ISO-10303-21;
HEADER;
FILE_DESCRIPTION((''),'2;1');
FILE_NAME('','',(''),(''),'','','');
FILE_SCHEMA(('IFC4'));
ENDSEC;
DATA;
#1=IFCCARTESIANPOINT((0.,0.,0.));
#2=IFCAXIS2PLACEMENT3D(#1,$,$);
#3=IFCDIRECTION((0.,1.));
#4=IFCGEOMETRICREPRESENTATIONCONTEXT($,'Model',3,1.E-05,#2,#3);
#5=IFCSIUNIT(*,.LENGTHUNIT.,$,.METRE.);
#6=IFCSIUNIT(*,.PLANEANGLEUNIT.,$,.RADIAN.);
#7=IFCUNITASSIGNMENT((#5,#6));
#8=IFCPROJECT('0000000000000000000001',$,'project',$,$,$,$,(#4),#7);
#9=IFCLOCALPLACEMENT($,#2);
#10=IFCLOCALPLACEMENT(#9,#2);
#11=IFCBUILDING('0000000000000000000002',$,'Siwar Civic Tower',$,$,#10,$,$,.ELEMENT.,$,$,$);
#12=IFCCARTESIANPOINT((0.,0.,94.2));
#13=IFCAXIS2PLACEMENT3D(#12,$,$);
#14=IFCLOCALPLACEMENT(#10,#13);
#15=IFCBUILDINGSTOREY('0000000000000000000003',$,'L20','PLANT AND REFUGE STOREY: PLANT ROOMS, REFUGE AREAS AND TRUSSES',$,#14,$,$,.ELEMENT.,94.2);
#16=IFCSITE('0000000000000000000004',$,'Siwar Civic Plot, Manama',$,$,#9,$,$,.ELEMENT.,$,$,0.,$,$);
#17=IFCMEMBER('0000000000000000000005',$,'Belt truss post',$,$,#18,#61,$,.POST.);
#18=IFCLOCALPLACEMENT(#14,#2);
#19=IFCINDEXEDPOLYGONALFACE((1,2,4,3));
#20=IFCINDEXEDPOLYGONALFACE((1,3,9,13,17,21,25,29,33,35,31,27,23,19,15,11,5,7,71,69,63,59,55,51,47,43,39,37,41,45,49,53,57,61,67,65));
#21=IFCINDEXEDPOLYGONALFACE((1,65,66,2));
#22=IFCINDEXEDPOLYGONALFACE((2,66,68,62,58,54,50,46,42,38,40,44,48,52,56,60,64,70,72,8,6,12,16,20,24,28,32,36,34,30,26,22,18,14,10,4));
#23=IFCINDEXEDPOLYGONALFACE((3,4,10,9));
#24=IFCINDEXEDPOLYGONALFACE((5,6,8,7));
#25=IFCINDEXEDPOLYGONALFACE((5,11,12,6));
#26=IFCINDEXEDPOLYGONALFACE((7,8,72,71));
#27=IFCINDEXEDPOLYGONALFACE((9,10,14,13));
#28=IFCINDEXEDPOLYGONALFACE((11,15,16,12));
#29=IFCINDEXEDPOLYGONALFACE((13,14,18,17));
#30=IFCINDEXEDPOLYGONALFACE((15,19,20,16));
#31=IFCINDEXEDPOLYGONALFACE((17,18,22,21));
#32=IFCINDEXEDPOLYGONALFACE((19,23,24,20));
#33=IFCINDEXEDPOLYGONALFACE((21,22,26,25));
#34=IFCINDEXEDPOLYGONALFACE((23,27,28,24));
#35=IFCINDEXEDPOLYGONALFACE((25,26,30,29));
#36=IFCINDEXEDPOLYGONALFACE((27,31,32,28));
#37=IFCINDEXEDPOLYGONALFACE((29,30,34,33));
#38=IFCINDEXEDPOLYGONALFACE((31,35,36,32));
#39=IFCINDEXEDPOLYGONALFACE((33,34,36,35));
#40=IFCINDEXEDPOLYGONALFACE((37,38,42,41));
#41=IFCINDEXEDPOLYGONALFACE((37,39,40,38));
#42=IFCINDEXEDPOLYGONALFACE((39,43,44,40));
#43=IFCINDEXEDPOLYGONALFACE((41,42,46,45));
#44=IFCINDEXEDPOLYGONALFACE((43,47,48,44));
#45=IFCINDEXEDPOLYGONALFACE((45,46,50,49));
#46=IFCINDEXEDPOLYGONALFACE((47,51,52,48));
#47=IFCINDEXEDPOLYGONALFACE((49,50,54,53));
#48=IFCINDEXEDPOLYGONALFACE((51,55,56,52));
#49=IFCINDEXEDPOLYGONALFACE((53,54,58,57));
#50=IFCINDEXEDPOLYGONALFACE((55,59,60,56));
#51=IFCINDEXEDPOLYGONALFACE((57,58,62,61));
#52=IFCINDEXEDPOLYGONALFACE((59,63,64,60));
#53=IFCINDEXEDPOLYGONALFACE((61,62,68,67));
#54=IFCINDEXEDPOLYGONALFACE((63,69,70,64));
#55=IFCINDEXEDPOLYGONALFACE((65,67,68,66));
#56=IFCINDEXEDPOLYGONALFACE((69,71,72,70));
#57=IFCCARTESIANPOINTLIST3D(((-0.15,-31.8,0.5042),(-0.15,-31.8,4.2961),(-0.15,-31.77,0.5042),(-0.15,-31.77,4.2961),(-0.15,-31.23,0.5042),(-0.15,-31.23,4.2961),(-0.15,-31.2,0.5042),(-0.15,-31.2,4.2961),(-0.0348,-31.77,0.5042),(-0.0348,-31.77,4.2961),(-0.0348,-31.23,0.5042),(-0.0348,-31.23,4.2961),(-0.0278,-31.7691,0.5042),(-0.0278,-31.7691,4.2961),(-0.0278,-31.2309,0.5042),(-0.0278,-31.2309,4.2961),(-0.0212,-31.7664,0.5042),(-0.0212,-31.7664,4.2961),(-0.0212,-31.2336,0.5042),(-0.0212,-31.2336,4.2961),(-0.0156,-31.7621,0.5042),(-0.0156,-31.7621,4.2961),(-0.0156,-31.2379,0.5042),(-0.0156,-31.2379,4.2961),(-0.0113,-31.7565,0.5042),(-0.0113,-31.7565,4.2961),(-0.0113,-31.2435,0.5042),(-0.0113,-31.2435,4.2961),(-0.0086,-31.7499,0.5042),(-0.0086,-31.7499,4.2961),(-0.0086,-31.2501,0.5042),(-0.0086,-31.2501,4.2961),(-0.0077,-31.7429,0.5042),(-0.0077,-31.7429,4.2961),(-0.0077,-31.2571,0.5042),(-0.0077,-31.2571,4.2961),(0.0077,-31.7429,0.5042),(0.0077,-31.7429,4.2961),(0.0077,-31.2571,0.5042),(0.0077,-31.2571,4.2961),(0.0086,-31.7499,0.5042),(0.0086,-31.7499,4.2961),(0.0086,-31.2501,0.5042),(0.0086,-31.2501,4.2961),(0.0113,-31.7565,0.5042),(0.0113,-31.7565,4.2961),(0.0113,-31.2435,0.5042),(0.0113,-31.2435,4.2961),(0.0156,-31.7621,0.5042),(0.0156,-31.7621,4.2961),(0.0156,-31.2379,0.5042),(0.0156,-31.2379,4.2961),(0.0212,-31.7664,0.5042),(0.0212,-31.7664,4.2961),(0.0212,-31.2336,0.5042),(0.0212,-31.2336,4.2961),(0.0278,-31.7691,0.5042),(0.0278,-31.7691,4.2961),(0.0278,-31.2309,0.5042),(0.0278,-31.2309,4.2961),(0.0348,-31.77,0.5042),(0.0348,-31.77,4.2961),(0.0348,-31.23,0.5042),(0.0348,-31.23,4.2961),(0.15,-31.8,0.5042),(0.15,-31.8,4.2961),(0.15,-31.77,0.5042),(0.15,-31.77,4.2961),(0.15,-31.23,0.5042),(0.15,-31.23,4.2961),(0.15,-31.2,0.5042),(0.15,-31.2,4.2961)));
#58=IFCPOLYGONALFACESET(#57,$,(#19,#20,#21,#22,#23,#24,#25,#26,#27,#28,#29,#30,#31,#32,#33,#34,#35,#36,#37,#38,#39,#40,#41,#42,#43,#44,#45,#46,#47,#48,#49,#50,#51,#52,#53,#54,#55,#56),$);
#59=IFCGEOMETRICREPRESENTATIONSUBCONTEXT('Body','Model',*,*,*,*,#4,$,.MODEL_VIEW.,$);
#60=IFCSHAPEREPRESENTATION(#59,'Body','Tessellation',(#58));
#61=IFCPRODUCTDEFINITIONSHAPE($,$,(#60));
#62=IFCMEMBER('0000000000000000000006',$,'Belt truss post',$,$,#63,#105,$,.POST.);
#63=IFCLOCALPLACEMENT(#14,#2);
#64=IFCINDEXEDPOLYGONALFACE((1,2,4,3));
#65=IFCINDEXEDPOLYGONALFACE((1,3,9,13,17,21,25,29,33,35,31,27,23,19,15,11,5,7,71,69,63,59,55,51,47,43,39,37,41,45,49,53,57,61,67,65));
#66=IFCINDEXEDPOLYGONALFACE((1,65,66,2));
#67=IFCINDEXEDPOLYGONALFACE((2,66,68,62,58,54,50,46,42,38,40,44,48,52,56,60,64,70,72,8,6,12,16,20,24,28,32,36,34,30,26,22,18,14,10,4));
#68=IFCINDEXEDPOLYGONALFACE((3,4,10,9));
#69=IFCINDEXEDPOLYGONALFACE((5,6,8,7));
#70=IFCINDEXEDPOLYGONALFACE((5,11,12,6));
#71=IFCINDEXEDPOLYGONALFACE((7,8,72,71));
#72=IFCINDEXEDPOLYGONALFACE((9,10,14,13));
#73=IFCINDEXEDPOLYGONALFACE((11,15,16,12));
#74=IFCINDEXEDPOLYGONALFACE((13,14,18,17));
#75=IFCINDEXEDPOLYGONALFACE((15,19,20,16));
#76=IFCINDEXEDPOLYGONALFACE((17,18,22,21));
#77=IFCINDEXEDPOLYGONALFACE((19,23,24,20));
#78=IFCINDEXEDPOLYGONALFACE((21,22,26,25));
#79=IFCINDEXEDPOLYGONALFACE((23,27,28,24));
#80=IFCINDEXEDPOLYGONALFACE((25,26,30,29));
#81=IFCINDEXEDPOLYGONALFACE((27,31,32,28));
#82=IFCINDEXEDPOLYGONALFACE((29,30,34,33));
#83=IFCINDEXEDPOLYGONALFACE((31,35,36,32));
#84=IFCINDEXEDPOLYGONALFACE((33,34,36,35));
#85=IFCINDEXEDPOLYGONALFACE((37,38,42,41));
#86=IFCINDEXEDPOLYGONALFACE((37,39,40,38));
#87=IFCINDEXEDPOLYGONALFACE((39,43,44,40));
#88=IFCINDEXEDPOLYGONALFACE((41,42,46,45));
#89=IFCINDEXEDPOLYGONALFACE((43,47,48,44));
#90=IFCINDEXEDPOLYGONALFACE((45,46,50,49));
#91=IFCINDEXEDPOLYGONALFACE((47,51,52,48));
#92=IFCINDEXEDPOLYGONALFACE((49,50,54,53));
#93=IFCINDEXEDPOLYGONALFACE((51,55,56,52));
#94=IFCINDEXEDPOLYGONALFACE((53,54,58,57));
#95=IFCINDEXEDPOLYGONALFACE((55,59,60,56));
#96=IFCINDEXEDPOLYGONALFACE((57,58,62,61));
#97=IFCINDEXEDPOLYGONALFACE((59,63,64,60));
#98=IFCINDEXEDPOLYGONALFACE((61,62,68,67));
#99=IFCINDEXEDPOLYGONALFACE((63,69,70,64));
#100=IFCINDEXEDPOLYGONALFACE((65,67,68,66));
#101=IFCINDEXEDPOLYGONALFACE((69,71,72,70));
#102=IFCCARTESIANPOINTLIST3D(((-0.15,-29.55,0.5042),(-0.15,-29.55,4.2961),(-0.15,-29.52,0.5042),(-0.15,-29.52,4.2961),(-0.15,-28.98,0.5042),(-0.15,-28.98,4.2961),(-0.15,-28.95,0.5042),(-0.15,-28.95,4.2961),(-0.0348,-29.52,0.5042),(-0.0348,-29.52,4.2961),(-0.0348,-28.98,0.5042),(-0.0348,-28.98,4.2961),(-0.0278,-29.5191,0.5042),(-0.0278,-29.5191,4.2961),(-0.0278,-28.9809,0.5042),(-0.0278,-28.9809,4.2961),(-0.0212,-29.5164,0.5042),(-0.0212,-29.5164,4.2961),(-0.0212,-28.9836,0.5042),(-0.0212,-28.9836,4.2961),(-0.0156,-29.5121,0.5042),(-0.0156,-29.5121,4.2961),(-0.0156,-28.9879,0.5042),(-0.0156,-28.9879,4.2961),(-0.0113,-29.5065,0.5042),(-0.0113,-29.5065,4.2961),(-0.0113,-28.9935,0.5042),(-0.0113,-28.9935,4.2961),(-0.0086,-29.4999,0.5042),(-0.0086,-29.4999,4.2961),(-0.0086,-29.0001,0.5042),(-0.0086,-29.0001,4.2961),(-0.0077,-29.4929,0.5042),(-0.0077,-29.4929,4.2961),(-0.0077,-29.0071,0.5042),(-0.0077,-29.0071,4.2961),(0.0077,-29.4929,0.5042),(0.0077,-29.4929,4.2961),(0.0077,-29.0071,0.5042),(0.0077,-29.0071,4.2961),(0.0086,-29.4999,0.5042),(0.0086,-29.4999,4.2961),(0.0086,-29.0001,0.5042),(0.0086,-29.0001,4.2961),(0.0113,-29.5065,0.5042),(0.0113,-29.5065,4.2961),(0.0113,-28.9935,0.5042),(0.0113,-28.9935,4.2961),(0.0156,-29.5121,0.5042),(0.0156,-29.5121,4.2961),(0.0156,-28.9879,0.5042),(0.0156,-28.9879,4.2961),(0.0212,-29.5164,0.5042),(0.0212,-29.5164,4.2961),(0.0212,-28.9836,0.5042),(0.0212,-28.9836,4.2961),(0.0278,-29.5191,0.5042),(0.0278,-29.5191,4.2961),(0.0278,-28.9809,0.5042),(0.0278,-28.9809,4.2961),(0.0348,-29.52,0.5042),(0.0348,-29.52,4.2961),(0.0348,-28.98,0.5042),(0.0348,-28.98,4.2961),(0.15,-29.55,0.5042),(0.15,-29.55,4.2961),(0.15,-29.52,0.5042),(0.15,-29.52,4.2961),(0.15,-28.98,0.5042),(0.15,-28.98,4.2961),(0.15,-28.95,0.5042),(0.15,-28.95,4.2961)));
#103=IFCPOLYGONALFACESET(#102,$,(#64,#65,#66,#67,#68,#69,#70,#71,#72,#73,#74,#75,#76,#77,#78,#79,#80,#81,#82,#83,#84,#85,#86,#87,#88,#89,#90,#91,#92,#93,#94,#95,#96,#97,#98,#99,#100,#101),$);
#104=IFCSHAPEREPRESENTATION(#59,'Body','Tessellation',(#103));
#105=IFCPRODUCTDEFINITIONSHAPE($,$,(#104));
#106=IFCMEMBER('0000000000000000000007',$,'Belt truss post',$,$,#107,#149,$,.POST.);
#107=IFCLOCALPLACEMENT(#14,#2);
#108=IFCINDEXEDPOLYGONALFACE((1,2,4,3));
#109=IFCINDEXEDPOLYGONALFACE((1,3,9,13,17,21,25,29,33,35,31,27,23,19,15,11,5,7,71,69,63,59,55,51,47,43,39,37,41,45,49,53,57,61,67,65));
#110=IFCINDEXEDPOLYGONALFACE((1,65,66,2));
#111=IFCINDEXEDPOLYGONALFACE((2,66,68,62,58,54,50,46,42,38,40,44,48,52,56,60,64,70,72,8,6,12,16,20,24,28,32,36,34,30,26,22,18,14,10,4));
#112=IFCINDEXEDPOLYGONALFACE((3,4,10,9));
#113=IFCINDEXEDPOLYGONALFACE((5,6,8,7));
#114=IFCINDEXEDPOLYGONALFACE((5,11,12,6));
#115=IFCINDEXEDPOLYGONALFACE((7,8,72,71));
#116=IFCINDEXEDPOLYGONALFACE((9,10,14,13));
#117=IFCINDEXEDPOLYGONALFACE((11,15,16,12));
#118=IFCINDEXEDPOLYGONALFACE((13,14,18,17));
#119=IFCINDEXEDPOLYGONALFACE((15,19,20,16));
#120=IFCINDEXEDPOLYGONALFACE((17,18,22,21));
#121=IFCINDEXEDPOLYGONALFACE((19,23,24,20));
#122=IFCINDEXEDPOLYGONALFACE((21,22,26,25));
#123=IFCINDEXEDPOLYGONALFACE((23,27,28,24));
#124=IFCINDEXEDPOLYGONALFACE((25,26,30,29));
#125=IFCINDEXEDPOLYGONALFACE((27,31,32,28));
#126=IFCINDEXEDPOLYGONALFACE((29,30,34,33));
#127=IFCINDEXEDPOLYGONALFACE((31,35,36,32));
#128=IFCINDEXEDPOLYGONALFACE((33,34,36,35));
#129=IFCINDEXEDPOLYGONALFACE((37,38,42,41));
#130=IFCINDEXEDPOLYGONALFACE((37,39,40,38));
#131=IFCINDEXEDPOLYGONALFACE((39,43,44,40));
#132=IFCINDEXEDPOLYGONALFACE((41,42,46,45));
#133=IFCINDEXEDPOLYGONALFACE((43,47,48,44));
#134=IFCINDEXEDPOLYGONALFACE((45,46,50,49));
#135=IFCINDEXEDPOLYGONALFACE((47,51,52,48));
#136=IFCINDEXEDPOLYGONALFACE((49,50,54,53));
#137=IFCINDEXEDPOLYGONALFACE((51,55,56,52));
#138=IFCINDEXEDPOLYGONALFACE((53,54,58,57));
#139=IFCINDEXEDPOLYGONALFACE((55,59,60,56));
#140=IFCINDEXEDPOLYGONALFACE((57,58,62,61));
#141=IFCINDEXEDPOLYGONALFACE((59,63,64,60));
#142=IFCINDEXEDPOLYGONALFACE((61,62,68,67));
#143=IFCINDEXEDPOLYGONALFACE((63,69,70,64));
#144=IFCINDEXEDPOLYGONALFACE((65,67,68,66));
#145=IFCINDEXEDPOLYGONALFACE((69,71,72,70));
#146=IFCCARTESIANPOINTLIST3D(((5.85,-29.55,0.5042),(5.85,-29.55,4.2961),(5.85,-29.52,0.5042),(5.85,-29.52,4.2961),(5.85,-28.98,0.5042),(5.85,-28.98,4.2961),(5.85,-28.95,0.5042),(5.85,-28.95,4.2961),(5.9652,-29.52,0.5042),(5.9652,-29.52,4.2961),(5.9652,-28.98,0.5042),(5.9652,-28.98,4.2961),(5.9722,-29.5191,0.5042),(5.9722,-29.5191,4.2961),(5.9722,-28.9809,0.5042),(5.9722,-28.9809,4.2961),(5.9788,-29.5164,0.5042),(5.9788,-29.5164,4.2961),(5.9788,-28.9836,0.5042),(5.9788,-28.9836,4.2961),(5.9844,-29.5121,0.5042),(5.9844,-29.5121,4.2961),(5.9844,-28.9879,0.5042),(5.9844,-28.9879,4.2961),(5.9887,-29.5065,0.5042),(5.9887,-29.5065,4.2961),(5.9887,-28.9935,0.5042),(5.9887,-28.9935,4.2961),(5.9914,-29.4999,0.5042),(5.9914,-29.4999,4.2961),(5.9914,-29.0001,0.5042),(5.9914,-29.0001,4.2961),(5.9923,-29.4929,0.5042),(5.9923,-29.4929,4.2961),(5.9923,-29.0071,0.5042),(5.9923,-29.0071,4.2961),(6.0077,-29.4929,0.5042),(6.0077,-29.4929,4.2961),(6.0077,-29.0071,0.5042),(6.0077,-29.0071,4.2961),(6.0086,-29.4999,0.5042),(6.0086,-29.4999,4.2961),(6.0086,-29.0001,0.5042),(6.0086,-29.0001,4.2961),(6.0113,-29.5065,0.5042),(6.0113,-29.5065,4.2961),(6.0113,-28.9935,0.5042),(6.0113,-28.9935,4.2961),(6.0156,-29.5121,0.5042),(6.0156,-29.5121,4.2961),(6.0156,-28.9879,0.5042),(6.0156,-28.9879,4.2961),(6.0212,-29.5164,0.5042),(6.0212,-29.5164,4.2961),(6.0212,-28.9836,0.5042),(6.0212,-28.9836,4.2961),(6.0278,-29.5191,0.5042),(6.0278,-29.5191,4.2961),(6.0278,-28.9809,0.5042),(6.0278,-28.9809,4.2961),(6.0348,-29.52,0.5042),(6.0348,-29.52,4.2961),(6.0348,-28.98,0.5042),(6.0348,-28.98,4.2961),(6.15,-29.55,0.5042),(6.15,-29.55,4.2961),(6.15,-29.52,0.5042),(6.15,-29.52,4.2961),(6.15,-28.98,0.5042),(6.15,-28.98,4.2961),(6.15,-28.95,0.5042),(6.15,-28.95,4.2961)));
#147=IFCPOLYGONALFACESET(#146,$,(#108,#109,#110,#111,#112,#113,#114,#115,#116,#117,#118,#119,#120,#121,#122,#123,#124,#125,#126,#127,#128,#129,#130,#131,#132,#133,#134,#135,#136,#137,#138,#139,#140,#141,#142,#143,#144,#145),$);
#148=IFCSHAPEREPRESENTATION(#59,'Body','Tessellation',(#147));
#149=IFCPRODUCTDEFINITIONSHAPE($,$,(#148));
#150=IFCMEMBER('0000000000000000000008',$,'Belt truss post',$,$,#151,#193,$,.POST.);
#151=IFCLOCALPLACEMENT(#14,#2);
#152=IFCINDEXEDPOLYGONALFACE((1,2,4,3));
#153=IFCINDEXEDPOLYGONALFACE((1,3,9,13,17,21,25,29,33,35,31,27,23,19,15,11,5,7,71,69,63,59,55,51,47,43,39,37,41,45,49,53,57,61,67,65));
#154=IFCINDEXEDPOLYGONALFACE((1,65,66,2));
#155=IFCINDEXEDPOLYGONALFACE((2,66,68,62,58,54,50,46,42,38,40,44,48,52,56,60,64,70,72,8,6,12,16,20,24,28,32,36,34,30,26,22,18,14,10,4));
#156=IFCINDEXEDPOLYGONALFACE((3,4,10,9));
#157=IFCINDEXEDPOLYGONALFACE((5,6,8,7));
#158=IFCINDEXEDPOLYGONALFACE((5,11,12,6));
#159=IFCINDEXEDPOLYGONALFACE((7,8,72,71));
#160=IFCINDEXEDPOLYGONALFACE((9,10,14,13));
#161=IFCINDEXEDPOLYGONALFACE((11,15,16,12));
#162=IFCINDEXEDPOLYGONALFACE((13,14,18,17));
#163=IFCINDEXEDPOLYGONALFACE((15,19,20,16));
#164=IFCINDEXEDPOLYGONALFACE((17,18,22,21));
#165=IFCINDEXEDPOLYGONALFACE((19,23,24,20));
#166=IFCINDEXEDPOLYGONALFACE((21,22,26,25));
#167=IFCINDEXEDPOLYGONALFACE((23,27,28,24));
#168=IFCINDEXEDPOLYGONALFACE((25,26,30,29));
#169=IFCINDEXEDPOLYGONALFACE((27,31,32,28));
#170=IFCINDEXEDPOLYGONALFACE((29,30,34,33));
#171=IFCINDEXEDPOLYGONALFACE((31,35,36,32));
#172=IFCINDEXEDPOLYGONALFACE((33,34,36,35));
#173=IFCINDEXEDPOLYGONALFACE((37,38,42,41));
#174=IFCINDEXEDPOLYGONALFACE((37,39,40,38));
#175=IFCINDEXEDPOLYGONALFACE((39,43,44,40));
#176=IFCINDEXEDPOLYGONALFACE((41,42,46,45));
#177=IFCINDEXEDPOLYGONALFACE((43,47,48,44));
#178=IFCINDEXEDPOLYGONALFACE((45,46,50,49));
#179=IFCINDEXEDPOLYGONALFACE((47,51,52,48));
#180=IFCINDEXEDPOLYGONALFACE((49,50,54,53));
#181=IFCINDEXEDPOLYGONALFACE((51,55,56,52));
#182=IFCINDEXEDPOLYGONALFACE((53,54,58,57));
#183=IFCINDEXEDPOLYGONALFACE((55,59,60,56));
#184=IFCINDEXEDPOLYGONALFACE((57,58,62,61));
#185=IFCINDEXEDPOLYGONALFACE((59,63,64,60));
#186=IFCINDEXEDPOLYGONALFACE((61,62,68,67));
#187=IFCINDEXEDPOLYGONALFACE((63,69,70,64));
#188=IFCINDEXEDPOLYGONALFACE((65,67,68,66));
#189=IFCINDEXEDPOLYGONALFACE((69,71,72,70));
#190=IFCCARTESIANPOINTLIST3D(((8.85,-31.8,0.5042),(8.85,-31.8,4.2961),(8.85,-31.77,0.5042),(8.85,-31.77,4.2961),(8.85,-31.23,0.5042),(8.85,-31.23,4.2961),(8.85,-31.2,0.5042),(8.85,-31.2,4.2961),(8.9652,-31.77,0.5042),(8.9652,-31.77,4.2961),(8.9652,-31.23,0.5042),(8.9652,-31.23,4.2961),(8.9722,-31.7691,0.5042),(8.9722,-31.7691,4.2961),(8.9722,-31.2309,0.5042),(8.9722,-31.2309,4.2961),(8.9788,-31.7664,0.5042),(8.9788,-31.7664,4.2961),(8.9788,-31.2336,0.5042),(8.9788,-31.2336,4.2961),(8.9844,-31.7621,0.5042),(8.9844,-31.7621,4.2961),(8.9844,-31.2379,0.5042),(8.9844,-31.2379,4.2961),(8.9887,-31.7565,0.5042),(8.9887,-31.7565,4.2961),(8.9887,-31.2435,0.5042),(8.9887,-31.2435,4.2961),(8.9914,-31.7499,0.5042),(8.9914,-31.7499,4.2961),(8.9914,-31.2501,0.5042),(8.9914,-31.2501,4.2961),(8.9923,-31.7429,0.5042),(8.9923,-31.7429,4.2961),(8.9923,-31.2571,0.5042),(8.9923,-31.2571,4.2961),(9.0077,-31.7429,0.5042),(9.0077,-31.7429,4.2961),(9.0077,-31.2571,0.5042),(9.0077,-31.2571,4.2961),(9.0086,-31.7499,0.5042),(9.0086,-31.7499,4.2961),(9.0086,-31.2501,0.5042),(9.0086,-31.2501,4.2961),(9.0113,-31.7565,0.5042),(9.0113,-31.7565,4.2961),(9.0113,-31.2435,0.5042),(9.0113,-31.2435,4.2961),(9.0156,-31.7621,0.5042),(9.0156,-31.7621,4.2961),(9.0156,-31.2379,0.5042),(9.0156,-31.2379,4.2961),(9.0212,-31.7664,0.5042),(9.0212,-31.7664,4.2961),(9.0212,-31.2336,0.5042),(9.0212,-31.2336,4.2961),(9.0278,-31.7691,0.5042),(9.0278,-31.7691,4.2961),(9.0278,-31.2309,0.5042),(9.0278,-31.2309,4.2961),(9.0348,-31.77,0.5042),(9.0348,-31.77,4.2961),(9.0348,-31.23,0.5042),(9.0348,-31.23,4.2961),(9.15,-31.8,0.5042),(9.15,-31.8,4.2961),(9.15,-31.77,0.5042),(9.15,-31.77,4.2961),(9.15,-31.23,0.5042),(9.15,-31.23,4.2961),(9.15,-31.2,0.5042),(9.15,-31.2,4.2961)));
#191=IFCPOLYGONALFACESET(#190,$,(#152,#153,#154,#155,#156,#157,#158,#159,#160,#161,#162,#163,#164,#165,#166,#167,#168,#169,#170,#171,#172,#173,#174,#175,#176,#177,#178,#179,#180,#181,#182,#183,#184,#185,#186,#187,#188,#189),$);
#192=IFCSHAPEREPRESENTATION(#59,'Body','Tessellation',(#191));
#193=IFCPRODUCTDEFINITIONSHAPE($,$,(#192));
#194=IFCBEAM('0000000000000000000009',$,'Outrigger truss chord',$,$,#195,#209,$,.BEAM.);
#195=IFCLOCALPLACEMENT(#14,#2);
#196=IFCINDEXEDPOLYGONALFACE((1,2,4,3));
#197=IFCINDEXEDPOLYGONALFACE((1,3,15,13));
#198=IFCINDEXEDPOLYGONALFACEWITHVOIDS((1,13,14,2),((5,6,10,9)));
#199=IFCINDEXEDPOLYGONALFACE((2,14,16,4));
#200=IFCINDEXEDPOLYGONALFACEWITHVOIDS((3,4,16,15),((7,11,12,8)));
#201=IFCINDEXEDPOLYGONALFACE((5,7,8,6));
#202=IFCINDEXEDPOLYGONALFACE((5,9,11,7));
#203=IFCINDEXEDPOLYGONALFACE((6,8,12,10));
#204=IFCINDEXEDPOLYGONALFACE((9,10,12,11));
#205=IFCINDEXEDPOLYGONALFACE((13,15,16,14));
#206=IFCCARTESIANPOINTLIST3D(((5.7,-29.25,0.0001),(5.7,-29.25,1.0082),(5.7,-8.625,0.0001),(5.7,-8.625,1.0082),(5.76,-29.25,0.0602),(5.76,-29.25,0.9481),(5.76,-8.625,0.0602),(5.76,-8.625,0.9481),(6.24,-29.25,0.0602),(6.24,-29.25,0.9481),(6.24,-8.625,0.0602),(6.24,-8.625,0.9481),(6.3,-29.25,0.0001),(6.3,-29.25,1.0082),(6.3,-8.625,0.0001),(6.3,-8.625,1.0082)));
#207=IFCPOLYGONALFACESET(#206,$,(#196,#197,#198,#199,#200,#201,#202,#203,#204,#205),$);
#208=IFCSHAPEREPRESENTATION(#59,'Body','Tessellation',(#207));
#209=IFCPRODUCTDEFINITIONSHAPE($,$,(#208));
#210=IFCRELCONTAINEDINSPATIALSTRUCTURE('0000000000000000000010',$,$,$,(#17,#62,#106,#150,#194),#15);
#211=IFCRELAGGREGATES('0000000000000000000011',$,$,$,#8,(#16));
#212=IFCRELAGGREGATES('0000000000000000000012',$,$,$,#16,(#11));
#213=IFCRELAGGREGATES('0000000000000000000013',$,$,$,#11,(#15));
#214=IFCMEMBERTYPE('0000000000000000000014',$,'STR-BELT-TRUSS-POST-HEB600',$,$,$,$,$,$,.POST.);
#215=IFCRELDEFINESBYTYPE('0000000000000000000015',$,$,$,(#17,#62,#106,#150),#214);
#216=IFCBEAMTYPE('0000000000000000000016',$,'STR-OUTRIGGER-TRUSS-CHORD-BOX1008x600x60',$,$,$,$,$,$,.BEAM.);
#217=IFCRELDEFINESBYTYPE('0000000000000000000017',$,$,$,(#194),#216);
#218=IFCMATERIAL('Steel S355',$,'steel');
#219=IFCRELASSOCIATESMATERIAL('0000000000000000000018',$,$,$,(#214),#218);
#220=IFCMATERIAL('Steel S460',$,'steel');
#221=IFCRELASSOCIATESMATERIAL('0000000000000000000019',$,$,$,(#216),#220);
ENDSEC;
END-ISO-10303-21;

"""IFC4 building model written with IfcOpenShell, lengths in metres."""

from ifc_helpers import new_model, si_unit, direction, frame, origin, origin_2d, place, context, subcontext, project, spatial, hollow_rectangle, i_section, extrude, material, material_profile, profile_set, type_object, element, save


model = new_model("IFC4")

# Units and contexts
model_context = context("Model", 3, precision=1e-05, world=origin(), true_north=direction((0.0, 1.0)))
body_context = subcontext(model_context, "Body", "Model", "MODEL_VIEW")
ifc_project = project(units=[si_unit("LENGTHUNIT", "METRE"), si_unit("PLANEANGLEUNIT", "RADIAN")], contexts=[model_context])

# Site, building, storey
site_placement = place(None, origin())
site = spatial("IfcSite", under=ifc_project, at=site_placement, Name="Siwar Civic Plot, Manama", CompositionType="ELEMENT", RefElevation=0.0)
building_placement = place(site_placement, origin())
building = spatial("IfcBuilding", under=site, at=building_placement, Name="Siwar Civic Tower", CompositionType="ELEMENT")
storey_placement = place(building_placement, frame((0.0, 0.0, 94.2)))
storey = spatial("IfcBuildingStorey", under=building, at=storey_placement, Name="L20", Description="PLANT AND REFUGE STOREY: PLANT ROOMS, REFUGE AREAS AND TRUSSES", CompositionType="ELEMENT", Elevation=94.2)

# Members
ifc_material_1 = material(Name="Steel S355", Category="steel")
ifc_material_profile_1 = material_profile(ifc_material_1, i_section(OverallWidth=0.3, OverallDepth=0.6001, WebThickness=0.0154, FlangeThickness=0.03, FilletRadius=0.0271, at=origin_2d()), Name="HEB600")
ifc_profile_set_1 = profile_set([ifc_material_profile_1], Name="Steel S355")
member_type_1 = type_object("IfcMemberType", Name="STR-BELT-TRUSS-POST-HEB600", PredefinedType="POST", material=ifc_profile_set_1)
for number, where, z_axis, x_axis, name in (
    (1, (0.0, -31.5, 0.5042), (0.0, 0.0, 1.0), (1.0, 0.0, 0.0), "Belt truss post"),
    (2, (0.0, -29.25, 0.5042), (0.0, 0.0, 1.0), (1.0, 0.0, 0.0), "Belt truss post"),
    (3, (6.0, -29.25, 0.5042), (0.0, 0.0, 1.0), (1.0, 0.0, 0.0), "Belt truss post"),
    (4, (9.0, -31.5, 0.5042), (0.0, 0.0, 1.0), (1.0, 0.0, 0.0), "Belt truss post"),
):
    element("IfcMember", number, at=place(storey_placement, frame(where, z_axis=z_axis, x_axis=x_axis)), inside=storey, type_object=member_type_1, Name=name, PredefinedType="POST", context=body_context, shape_type="SweptSolid", body=[
        extrude(i_section(OverallWidth=0.3, OverallDepth=0.6001, WebThickness=0.0154, FlangeThickness=0.03, FilletRadius=0.0271, at=origin_2d()), origin(), (0.0, 0.0, 1.0), 3.792),
    ])

# Beam
ifc_material_2 = material(Name="Steel S460", Category="steel")
ifc_material_profile_2 = material_profile(ifc_material_2, hollow_rectangle(XDim=0.6001, YDim=1.0081, WallThickness=0.0601, at=origin_2d()), Name="BOX1008x600x60")
ifc_profile_set_2 = profile_set([ifc_material_profile_2], Name="Steel S460")
beam_type_1 = type_object("IfcBeamType", Name="STR-OUTRIGGER-TRUSS-CHORD-BOX1008x600x60", PredefinedType="BEAM", material=ifc_profile_set_2)
for number, where, z_axis, x_axis, name in (
    (5, (6.0, -29.25, 0.5042), (0.0, 1.0, 0.0), (-1.0, 0.0, 0.0), "Outrigger truss chord"),
):
    element("IfcBeam", number, at=place(storey_placement, frame(where, z_axis=z_axis, x_axis=x_axis)), inside=storey, type_object=beam_type_1, Name=name, PredefinedType="BEAM", context=body_context, shape_type="SweptSolid", body=[
        extrude(hollow_rectangle(XDim=0.6001, YDim=1.0081, WallThickness=0.0601, at=origin_2d()), origin(), (0.0, 0.0, 1.0), 20.625),
    ])

save(model, "model.ifc")
